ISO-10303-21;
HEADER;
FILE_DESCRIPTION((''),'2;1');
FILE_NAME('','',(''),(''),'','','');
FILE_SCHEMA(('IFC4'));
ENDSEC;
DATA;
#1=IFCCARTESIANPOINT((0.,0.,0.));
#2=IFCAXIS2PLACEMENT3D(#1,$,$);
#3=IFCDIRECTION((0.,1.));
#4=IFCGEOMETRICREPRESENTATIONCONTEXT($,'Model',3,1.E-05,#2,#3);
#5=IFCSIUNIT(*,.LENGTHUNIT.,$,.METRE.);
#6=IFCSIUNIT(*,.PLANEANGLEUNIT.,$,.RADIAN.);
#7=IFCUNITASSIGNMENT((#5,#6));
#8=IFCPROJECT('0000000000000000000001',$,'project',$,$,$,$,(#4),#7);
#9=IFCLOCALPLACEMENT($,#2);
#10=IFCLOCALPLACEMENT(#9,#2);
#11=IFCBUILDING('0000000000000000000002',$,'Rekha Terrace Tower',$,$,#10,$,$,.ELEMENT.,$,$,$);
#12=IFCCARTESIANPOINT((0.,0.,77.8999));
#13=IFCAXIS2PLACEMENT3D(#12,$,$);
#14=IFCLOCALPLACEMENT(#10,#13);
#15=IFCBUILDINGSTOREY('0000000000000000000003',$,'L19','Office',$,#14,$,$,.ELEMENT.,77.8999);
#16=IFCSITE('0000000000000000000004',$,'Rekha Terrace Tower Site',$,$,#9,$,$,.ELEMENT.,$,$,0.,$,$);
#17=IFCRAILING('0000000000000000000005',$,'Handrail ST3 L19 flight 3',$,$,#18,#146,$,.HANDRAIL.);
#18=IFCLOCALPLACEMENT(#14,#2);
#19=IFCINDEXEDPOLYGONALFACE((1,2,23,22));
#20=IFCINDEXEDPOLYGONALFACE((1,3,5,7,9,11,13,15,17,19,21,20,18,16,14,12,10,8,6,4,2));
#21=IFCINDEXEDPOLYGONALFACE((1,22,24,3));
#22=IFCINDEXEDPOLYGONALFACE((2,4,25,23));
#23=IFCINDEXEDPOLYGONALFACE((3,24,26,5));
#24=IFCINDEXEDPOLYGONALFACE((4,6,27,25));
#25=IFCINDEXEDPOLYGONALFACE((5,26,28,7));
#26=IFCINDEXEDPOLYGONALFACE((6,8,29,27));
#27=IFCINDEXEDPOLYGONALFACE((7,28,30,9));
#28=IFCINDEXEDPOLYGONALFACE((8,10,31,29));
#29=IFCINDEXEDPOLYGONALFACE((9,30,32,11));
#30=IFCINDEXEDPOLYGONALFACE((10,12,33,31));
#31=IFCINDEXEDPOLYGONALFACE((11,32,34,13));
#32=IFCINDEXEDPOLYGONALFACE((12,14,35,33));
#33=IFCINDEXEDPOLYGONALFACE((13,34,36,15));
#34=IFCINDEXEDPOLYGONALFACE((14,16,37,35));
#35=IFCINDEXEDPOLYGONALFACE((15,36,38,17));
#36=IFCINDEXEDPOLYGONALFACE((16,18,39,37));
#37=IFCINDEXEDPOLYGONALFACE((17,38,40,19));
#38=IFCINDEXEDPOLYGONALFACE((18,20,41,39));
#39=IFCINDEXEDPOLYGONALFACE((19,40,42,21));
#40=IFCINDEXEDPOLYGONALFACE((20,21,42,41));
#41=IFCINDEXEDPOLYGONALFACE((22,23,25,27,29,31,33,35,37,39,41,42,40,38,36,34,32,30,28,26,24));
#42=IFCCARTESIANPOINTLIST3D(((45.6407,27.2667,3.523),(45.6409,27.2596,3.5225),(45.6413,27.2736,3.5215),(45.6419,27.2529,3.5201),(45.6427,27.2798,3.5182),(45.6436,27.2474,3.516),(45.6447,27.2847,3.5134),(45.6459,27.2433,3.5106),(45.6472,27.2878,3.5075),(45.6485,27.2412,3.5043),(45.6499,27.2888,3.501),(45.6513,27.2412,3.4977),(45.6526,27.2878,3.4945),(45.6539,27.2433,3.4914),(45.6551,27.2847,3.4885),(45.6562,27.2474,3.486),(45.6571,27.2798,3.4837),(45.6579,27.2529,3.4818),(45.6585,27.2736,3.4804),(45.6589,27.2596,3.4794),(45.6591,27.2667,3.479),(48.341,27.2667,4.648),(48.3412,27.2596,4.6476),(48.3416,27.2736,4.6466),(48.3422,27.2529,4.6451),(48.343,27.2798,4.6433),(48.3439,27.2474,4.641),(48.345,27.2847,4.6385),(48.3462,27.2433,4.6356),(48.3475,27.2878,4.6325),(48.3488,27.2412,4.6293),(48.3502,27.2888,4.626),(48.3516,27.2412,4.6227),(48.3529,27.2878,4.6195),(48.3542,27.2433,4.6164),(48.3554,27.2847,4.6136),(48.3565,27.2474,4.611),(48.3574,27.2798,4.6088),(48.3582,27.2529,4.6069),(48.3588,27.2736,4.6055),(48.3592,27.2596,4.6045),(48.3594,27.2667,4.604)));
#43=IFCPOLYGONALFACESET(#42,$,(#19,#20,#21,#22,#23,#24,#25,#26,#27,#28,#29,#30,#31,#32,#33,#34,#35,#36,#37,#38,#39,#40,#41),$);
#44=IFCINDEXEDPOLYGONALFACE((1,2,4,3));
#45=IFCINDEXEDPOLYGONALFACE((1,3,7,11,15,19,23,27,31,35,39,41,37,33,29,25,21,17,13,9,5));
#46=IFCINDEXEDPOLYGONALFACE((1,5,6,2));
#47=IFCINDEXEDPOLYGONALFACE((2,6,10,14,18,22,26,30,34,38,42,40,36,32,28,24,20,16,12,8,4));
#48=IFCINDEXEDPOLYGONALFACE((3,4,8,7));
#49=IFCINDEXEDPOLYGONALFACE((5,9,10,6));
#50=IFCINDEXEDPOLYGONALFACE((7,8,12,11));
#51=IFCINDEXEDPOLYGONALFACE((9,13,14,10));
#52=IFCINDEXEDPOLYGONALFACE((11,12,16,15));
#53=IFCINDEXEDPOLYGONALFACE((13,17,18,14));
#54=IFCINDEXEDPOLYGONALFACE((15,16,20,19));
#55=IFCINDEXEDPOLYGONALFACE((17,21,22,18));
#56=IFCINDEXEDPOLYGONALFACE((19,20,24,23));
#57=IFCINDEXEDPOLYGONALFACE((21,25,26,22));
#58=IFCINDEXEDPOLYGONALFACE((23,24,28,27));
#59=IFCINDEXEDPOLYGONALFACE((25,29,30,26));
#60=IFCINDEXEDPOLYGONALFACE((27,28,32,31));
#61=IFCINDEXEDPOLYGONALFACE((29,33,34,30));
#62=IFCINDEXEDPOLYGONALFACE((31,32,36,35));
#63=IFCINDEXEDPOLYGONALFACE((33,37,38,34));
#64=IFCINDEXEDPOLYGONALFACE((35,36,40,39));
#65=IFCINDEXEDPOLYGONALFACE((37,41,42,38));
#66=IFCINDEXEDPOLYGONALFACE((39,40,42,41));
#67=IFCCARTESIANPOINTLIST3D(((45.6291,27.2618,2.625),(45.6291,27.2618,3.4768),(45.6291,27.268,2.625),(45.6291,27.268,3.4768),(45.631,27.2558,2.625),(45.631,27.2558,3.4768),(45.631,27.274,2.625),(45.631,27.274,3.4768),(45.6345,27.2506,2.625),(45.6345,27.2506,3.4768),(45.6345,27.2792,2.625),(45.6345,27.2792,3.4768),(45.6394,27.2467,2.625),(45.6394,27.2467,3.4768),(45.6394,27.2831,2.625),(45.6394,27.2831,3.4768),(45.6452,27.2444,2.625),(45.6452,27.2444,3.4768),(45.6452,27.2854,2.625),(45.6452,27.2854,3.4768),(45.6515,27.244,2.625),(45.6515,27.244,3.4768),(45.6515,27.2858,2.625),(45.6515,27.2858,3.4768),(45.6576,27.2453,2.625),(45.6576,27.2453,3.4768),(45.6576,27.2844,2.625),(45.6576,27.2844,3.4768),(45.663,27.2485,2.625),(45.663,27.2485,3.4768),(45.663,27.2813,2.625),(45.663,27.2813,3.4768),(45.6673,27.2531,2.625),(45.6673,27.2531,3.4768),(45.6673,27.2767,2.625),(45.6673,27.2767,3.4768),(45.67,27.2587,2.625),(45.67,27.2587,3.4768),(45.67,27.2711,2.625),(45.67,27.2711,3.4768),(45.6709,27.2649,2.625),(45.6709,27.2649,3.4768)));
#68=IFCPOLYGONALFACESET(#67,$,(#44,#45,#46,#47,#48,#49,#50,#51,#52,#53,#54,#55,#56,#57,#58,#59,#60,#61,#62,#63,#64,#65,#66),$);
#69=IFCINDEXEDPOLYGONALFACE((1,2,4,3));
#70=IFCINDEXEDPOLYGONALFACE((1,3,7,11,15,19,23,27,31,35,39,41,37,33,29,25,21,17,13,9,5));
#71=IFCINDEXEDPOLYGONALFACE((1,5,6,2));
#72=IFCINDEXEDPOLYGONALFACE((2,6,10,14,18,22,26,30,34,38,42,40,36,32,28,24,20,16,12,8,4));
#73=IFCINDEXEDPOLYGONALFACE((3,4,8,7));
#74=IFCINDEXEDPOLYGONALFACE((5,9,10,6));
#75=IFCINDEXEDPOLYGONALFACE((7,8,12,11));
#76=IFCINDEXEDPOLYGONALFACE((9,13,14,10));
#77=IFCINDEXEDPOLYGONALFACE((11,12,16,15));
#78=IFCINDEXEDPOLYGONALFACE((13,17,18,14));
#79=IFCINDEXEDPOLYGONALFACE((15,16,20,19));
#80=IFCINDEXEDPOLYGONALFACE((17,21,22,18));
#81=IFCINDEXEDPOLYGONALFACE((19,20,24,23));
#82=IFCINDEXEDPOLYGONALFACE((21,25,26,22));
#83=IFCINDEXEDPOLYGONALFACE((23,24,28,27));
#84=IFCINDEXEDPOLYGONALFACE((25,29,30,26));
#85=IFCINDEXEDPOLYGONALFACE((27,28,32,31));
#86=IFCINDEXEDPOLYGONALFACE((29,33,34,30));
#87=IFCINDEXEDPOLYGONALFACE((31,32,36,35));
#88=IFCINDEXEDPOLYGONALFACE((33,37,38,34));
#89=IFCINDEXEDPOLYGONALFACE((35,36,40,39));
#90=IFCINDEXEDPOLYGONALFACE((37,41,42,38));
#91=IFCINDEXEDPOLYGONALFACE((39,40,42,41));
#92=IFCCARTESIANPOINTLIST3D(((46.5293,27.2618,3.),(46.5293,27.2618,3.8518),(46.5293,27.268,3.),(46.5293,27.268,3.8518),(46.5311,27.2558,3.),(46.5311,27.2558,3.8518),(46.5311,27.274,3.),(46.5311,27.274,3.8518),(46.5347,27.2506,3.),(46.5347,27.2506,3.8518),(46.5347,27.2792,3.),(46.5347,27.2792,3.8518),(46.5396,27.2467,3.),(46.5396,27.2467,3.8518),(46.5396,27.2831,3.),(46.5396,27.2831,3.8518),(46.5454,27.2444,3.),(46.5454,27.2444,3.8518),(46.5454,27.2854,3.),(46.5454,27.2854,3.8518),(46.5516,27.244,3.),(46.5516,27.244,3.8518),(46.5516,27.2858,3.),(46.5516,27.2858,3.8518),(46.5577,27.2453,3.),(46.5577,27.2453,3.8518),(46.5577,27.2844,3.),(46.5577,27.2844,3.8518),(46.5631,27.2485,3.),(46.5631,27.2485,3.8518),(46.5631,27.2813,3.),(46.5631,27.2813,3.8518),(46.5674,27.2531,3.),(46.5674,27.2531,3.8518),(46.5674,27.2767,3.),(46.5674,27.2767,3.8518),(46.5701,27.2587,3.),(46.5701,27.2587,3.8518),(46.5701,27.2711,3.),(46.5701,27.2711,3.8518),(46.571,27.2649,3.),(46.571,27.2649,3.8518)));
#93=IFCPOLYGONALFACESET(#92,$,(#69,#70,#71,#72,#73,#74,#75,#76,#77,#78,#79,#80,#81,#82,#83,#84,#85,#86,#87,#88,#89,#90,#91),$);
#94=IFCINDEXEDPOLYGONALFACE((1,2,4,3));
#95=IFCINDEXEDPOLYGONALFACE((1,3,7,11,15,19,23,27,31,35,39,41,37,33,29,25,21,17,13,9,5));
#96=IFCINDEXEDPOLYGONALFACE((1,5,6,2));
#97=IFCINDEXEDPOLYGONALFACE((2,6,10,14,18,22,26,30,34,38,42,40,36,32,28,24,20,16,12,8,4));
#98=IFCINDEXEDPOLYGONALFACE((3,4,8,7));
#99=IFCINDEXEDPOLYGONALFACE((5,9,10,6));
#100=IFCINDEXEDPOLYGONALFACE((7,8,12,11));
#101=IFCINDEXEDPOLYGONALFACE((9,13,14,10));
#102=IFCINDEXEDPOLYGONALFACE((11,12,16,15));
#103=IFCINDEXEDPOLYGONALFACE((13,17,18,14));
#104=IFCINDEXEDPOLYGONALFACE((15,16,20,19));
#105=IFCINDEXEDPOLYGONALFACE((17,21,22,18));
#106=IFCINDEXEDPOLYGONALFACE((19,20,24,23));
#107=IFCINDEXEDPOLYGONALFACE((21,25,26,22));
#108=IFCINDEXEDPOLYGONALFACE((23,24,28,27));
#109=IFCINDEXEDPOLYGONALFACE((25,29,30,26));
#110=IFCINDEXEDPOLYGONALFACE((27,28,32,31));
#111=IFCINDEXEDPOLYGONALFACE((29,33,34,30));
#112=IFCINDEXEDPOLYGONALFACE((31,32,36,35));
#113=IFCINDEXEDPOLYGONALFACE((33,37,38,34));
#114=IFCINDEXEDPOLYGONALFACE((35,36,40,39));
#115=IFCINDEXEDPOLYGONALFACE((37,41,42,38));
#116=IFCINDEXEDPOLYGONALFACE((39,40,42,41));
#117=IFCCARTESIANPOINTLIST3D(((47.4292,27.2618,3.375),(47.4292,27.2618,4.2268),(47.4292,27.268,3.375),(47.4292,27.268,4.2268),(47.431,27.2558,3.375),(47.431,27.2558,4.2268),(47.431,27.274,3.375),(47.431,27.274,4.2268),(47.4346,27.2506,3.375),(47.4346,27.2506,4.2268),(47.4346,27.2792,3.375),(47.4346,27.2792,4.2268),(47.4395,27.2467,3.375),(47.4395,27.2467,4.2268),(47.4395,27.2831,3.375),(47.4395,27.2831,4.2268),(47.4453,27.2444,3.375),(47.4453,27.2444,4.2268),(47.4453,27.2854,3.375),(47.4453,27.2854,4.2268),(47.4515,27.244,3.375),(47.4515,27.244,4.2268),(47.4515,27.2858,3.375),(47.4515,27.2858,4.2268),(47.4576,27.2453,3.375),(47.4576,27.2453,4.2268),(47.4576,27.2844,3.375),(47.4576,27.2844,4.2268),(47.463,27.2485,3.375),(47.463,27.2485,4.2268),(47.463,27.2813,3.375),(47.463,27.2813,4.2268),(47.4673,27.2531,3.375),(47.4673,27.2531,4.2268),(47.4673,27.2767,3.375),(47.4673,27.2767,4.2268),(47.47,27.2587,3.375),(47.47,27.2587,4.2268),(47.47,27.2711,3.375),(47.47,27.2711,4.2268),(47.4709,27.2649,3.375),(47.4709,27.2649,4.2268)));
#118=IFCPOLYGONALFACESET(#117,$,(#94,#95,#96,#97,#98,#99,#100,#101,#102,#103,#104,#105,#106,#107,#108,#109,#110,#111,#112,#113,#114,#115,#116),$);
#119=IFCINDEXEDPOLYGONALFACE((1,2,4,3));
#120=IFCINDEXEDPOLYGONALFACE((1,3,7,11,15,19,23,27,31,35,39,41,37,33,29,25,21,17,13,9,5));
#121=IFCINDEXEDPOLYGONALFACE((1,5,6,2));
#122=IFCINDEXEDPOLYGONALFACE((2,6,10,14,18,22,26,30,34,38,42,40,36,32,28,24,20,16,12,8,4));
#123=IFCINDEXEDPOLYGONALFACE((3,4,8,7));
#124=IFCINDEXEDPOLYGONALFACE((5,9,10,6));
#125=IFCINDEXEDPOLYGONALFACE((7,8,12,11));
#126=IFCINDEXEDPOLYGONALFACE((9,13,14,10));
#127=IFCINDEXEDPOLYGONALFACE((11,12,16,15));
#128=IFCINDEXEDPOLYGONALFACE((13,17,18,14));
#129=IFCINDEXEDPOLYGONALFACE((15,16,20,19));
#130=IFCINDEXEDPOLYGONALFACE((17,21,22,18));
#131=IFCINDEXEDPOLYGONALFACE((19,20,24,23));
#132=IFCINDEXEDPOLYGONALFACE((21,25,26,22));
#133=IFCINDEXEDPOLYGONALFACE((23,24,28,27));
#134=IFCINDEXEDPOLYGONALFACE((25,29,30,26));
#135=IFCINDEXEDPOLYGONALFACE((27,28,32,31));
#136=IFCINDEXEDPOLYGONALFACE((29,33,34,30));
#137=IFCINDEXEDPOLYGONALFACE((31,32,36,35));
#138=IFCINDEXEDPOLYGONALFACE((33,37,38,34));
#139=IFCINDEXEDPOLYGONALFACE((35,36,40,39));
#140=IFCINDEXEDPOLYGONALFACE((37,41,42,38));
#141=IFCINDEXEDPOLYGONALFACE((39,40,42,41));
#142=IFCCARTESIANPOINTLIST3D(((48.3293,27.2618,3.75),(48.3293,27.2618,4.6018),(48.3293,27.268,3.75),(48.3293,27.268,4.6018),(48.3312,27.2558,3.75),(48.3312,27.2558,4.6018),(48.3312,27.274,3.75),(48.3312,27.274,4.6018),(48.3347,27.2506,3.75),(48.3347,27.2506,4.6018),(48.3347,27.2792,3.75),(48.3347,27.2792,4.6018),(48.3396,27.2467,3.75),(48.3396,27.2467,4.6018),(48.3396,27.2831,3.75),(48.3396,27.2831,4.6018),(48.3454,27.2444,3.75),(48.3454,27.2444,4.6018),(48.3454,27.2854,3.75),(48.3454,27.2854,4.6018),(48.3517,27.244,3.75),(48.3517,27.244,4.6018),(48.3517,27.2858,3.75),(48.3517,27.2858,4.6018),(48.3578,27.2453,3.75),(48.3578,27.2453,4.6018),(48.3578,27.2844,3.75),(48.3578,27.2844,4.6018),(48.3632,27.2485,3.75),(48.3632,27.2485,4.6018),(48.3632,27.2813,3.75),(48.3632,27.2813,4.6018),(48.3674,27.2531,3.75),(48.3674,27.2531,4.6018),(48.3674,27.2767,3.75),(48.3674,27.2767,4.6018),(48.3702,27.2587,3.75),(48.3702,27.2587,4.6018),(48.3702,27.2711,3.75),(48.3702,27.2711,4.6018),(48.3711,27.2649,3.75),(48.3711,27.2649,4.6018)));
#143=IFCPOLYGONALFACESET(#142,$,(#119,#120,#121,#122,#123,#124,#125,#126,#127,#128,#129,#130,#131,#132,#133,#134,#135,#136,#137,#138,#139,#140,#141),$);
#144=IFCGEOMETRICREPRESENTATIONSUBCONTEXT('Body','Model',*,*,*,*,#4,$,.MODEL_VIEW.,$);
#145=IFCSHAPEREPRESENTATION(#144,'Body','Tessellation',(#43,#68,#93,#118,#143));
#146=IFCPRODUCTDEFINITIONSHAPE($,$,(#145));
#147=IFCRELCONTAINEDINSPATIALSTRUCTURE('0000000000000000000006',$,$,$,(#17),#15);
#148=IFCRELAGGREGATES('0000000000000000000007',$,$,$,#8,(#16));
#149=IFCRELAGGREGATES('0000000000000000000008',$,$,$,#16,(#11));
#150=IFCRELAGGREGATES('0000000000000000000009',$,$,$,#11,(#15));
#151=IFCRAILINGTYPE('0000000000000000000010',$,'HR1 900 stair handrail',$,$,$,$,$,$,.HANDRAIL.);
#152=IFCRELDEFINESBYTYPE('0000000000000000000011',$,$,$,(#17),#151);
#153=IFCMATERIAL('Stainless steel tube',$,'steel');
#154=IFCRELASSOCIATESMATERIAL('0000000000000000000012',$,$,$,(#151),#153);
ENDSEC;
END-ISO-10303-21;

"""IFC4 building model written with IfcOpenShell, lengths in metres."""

from ifc_helpers import new_model, si_unit, direction, frame, origin, origin_2d, place, context, subcontext, project, spatial, circle, extrude, material, type_object, element, save


model = new_model("IFC4")

# Units and contexts
model_context = context("Model", 3, precision=1e-05, world=origin(), true_north=direction((0.0, 1.0)))
body_context = subcontext(model_context, "Body", "Model", "MODEL_VIEW")
ifc_project = project(units=[si_unit("LENGTHUNIT", "METRE"), si_unit("PLANEANGLEUNIT", "RADIAN")], contexts=[model_context])

# Site, building, storey
site_placement = place(None, origin())
site = spatial("IfcSite", under=ifc_project, at=site_placement, Name="Rekha Terrace Tower Site", CompositionType="ELEMENT", RefElevation=0.0)
building_placement = place(site_placement, origin())
building = spatial("IfcBuilding", under=site, at=building_placement, Name="Rekha Terrace Tower", CompositionType="ELEMENT")
storey_placement = place(building_placement, frame((0.0, 0.0, 77.8999)))
storey = spatial("IfcBuildingStorey", under=building, at=storey_placement, Name="L19", Description="Office", CompositionType="ELEMENT", Elevation=77.8999)

# Railing
ifc_material_1 = material(Name="Stainless steel tube", Category="steel")
railing_type_1 = type_object("IfcRailingType", Name="HR1 900 stair handrail", PredefinedType="HANDRAIL", material=ifc_material_1)
railing_1_placement = place(storey_placement, frame((45.6499, 27.2649, 2.625)))
element("IfcRailing", 1, at=railing_1_placement, inside=storey, type_object=railing_type_1, Name="Handrail ST3 L19 flight 3", PredefinedType="HANDRAIL", context=body_context, shape_type="SweptSolid", body=[
    extrude(circle(Radius=0.0239, at=origin_2d()), frame((0.0, 0.0, 0.876), z_axis=(0.923087, 0.0, 0.384592), x_axis=(0.0, 1.0, 0.0)), (0.0, 0.0, 1.0), 2.9253),
    extrude(circle(Radius=0.021, at=origin_2d()), origin(), (0.0, 0.0, 1.0), 0.8518),
    extrude(circle(Radius=0.021, at=origin_2d()), frame((0.9001, 0.0, 0.375)), (0.0, 0.0, 1.0), 0.8518),
    extrude(circle(Radius=0.021, at=origin_2d()), frame((1.8, 0.0, 0.75)), (0.0, 0.0, 1.0), 0.8518),
    extrude(circle(Radius=0.021, at=origin_2d()), frame((2.7002, 0.0, 1.125)), (0.0, 0.0, 1.0), 0.8518),
])

save(model, "model.ifc")
